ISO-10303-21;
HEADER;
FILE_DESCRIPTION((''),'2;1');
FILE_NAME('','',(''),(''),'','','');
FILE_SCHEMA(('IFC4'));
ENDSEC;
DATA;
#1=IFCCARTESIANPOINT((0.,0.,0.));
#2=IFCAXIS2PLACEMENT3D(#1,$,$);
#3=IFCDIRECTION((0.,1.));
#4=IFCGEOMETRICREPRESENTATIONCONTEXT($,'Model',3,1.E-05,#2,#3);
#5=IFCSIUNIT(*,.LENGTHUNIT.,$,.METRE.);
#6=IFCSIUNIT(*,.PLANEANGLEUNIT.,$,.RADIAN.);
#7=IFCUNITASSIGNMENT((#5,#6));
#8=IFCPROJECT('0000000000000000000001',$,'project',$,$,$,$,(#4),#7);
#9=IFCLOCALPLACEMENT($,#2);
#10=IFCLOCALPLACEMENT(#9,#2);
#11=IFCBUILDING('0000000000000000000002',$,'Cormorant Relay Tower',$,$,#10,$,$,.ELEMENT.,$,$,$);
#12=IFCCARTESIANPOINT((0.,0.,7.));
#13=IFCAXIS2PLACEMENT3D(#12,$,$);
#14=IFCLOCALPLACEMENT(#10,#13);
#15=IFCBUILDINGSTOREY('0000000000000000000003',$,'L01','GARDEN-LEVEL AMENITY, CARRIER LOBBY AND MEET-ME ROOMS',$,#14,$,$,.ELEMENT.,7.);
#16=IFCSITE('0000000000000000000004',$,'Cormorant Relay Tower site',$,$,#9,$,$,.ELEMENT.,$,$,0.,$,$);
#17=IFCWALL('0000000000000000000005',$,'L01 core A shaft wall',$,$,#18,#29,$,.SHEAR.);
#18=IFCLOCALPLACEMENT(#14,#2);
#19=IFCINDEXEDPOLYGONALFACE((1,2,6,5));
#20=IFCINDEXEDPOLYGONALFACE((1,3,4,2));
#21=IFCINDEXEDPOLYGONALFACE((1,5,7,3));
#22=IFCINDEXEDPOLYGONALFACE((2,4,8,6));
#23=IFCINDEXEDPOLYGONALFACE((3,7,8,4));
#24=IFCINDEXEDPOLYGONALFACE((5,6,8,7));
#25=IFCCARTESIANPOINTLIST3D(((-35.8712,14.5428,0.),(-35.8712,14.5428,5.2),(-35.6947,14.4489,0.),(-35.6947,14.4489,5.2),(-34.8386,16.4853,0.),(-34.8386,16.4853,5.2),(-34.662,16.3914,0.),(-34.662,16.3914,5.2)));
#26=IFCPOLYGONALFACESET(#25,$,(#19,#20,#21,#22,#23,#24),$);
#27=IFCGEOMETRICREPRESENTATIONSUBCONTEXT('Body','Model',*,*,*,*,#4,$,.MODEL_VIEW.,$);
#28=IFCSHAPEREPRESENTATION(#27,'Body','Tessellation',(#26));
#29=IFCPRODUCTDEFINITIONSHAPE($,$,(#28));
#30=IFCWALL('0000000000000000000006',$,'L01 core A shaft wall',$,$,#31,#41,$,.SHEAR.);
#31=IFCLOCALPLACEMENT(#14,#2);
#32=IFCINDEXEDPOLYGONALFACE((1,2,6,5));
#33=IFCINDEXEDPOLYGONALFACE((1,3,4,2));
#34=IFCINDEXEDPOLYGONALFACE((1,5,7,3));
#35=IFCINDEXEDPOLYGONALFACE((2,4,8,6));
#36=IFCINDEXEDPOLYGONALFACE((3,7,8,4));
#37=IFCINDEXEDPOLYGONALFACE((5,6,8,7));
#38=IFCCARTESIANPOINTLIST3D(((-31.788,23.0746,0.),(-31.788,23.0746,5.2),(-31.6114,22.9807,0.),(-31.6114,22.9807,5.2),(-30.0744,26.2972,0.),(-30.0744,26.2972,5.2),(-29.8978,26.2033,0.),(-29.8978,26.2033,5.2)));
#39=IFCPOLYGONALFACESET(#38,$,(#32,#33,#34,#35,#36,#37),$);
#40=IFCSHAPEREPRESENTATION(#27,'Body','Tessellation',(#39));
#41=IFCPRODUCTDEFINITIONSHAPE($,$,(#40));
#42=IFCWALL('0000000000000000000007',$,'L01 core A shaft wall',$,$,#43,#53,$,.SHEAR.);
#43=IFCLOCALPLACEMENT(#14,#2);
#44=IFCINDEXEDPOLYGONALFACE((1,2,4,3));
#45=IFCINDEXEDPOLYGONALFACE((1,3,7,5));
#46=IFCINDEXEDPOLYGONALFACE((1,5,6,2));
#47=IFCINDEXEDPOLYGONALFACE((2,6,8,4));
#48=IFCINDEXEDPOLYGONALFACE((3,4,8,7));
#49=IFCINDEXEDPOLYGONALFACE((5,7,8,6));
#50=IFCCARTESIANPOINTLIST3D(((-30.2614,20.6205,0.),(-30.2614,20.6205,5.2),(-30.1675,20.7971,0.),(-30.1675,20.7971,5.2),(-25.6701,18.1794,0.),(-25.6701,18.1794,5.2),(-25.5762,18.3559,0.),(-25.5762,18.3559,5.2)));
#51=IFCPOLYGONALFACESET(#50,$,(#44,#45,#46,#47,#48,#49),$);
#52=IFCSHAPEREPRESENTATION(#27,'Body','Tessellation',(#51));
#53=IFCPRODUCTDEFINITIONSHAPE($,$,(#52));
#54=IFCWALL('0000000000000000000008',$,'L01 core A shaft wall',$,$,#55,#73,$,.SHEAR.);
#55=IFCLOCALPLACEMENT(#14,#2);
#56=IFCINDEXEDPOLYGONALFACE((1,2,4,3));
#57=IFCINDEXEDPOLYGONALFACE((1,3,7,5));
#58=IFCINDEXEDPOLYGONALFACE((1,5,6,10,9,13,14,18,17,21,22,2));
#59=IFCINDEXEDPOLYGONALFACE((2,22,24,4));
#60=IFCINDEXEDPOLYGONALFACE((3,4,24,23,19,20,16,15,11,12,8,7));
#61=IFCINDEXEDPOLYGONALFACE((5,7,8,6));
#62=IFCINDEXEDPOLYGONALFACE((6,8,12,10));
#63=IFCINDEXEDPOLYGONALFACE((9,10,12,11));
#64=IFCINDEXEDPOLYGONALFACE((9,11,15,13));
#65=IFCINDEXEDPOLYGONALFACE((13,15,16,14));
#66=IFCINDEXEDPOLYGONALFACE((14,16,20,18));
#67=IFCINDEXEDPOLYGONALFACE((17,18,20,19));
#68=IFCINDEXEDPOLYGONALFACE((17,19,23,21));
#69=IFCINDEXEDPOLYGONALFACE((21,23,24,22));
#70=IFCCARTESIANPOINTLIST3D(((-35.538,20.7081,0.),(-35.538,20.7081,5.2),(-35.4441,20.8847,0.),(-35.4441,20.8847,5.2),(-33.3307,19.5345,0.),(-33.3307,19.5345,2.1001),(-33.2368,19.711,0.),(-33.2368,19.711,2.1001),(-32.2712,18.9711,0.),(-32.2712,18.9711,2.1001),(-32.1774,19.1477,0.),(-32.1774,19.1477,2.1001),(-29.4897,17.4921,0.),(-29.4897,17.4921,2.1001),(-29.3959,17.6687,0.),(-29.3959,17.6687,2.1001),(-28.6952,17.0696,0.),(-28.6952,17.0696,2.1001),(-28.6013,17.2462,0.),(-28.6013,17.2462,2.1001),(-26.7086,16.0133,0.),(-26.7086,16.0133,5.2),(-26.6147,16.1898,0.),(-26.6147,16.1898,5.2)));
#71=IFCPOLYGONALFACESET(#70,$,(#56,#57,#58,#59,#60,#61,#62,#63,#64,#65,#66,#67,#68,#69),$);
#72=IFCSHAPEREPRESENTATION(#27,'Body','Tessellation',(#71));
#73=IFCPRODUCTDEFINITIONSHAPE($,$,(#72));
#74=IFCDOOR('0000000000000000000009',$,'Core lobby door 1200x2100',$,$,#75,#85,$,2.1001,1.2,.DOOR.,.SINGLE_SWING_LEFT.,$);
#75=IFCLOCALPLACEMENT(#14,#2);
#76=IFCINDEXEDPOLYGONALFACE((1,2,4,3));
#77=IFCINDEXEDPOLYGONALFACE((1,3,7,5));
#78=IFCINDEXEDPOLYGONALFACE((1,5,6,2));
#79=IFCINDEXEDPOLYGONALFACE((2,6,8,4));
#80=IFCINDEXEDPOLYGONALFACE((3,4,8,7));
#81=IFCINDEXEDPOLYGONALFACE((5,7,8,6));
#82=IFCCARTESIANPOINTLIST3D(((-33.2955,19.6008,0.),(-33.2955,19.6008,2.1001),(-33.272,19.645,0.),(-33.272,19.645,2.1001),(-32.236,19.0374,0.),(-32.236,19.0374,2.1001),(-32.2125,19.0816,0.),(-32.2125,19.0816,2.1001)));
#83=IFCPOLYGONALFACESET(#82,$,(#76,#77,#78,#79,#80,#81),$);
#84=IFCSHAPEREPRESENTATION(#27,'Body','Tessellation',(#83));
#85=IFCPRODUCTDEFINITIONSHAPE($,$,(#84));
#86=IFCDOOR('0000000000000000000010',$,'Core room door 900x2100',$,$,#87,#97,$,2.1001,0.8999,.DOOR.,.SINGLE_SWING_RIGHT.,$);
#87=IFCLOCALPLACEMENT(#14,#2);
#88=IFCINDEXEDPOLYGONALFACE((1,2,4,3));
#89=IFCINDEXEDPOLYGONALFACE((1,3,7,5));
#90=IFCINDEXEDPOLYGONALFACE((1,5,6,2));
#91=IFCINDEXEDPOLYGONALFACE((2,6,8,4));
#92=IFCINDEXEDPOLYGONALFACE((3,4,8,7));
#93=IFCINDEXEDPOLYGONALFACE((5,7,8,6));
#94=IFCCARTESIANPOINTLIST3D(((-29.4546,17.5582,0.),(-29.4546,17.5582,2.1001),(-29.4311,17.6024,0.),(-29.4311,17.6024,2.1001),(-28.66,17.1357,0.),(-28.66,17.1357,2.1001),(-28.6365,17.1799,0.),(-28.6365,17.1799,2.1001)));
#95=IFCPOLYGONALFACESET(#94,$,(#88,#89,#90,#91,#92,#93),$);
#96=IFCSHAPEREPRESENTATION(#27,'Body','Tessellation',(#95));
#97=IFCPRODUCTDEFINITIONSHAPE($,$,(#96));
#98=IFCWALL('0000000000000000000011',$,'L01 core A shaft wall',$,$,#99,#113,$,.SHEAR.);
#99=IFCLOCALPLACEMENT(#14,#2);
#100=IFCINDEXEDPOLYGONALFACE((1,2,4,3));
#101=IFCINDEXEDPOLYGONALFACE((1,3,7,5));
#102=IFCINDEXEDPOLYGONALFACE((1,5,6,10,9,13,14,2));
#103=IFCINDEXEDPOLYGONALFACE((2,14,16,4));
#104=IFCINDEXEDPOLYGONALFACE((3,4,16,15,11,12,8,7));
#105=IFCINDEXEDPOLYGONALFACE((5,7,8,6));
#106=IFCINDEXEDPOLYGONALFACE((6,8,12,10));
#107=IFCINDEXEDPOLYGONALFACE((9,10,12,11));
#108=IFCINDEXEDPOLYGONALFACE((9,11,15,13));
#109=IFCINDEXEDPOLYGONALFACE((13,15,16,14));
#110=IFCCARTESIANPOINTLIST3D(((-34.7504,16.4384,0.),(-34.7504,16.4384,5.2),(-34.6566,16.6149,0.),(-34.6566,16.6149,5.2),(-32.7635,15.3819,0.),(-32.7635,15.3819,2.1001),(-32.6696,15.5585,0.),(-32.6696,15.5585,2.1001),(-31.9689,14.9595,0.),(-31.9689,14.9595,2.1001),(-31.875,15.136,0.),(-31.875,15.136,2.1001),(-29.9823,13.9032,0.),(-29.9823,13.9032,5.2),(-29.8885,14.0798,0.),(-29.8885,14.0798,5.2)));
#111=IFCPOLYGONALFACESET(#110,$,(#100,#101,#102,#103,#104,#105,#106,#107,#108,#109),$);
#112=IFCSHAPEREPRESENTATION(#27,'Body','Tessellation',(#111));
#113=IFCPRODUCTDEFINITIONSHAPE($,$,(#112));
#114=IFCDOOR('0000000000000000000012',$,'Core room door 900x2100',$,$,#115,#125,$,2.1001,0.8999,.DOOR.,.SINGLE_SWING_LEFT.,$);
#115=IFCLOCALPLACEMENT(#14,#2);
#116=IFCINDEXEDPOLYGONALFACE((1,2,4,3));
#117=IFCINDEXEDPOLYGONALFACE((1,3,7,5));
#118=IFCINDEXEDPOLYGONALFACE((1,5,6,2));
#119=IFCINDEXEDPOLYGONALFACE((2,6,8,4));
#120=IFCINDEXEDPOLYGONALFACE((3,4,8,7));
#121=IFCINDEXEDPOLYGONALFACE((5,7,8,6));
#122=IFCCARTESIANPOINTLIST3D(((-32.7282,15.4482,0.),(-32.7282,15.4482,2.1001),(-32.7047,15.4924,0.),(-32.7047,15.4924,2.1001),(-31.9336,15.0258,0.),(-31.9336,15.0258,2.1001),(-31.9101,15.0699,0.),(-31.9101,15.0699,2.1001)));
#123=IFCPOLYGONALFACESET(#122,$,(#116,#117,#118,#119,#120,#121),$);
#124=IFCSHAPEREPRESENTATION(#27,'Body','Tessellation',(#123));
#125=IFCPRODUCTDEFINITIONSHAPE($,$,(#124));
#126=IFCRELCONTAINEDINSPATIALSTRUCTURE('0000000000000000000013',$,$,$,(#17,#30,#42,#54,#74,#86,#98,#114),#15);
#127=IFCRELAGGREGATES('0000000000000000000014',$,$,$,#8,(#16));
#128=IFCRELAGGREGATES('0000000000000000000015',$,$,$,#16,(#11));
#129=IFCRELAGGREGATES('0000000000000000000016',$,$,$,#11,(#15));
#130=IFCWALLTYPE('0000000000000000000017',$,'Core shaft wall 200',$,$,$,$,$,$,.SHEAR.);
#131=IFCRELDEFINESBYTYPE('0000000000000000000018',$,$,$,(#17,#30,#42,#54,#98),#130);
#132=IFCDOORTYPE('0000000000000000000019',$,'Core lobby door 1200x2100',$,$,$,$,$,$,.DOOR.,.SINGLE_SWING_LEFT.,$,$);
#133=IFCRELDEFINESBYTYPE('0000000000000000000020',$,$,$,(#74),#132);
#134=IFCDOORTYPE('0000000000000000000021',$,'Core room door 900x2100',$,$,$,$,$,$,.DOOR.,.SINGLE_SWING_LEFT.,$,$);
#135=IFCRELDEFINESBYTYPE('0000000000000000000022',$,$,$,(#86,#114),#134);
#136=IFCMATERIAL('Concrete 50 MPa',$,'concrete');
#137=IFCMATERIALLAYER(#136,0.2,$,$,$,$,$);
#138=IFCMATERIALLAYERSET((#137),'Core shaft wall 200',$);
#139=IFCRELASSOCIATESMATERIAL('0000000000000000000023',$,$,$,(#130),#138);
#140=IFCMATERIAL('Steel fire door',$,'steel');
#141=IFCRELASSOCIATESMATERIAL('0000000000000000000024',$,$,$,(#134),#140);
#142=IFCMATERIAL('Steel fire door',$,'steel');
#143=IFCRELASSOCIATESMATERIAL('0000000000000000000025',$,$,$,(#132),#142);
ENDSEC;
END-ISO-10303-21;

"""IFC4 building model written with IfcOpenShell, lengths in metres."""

from ifc_helpers import new_model, si_unit, direction, frame, frame_2d, origin, place, context, subcontext, project, spatial, rectangle, extrude, material, layer, layer_set, type_object, element, fill, save


model = new_model("IFC4")

# Units and contexts
model_context = context("Model", 3, precision=1e-05, world=origin(), true_north=direction((0.0, 1.0)))
body_context = subcontext(model_context, "Body", "Model", "MODEL_VIEW")
ifc_project = project(units=[si_unit("LENGTHUNIT", "METRE"), si_unit("PLANEANGLEUNIT", "RADIAN")], contexts=[model_context])

# Site, building, storey
site_placement = place(None, origin())
site = spatial("IfcSite", under=ifc_project, at=site_placement, Name="Cormorant Relay Tower site", CompositionType="ELEMENT", RefElevation=0.0)
building_placement = place(site_placement, origin())
building = spatial("IfcBuilding", under=site, at=building_placement, Name="Cormorant Relay Tower", CompositionType="ELEMENT")
storey_placement = place(building_placement, frame((0.0, 0.0, 7.0)))
storey = spatial("IfcBuildingStorey", under=building, at=storey_placement, Name="L01", Description="GARDEN-LEVEL AMENITY, CARRIER LOBBY AND MEET-ME ROOMS", CompositionType="ELEMENT", Elevation=7.0)

# Shared definitions
ifc_material_1 = material(Name="Concrete 50 MPa", Category="concrete")
ifc_layer_1 = layer(ifc_material_1, 0.2)
ifc_layer_set_1 = layer_set([ifc_layer_1], Name="Core shaft wall 200")
wall_type_1 = type_object("IfcWallType", Name="Core shaft wall 200", PredefinedType="SHEAR", material=ifc_layer_set_1)

# Shared definitions
ifc_material_2 = material(Name="Steel fire door", Category="steel")
door_type_1 = type_object("IfcDoorType", Name="Core room door 900x2100", OperationType="SINGLE_SWING_LEFT", PredefinedType="DOOR", material=ifc_material_2)

# Walls
wall_1_placement = place(storey_placement, frame((-34.7502, 16.4385, 0.0), z_axis=(0.0, 0.0, 1.0), x_axis=(-0.469401, -0.882985, 0.0)))
element("IfcWall", 1, at=wall_1_placement, inside=storey, type_object=wall_type_1, Name="L01 core A shaft wall", PredefinedType="SHEAR", context=body_context, shape_type="SweptSolid", body=[
    extrude(rectangle(XDim=2.2, YDim=0.2, at=frame_2d((1.1001, 0.0))), origin(), (0.0, 0.0, 1.0), 5.2),
])
wall_2_placement = place(storey_placement, frame((-29.9861, 26.2502, 0.0), z_axis=(0.0, 0.0, 1.0), x_axis=(-0.469494, -0.882936, 0.0)))
element("IfcWall", 2, at=wall_2_placement, inside=storey, type_object=wall_type_1, Name="L01 core A shaft wall", PredefinedType="SHEAR", context=body_context, shape_type="SweptSolid", body=[
    extrude(rectangle(XDim=3.6499, YDim=0.2, at=frame_2d((1.825, 0.0))), origin(), (0.0, 0.0, 1.0), 5.2),
])

# Wall
wall_3_placement = place(storey_placement, frame((-25.623, 18.2676, 0.0), z_axis=(0.0, 0.0, 1.0), x_axis=(-0.882954, 0.46946, 0.0)))
element("IfcWall", 3, at=wall_3_placement, inside=storey, type_object=wall_type_1, Name="L01 core A shaft wall", PredefinedType="SHEAR", context=body_context, shape_type="SweptSolid", body=[
    extrude(rectangle(XDim=5.2, YDim=0.2, at=frame_2d((2.6001, 0.0))), origin(), (0.0, 0.0, 1.0), 5.2),
])

# Wall, openings, doors
wall_4_placement = place(storey_placement, frame((-26.6616, 16.1016, 0.0), z_axis=(0.0, 0.0, 1.0), x_axis=(-0.88294, 0.469485, 0.0)))
wall_4 = element("IfcWall", 4, at=wall_4_placement, inside=storey, type_object=wall_type_1, Name="L01 core A shaft wall", PredefinedType="SHEAR", context=body_context, shape_type="SweptSolid", body=[
    extrude(rectangle(XDim=10.0, YDim=0.2, at=frame_2d((5.0, 0.0))), origin(), (0.0, 0.0, 1.0), 5.2),
])
opening_1_placement = place(wall_4_placement, frame((6.3, 0.0, 0.0)))
opening_1 = element("IfcOpeningElement", 5, at=opening_1_placement, cuts=wall_4, PredefinedType="OPENING", context=body_context, shape_type="SweptSolid", body=[
    extrude(rectangle(XDim=1.2, YDim=2.1001, at=frame_2d((0.6001, 1.05))), frame((0.0, 0.1099, 0.0), z_axis=(0.0, -1.0, 0.0), x_axis=(1.0, 0.0, 0.0)), (0.0, 0.0, 1.0), 0.22),
])
opening_2_placement = place(wall_4_placement, frame((2.25, 0.0, 0.0)))
opening_2 = element("IfcOpeningElement", 6, at=opening_2_placement, cuts=wall_4, PredefinedType="OPENING", context=body_context, shape_type="SweptSolid", body=[
    extrude(rectangle(XDim=0.8999, YDim=2.1001, at=frame_2d((0.45, 1.05))), frame((0.0, 0.1099, 0.0), z_axis=(0.0, -1.0, 0.0), x_axis=(1.0, 0.0, 0.0)), (0.0, 0.0, 1.0), 0.22),
])
ifc_material_3 = material(Name="Steel fire door", Category="steel")
door_type_2 = type_object("IfcDoorType", Name="Core lobby door 1200x2100", OperationType="SINGLE_SWING_LEFT", PredefinedType="DOOR", material=ifc_material_3)
door_1_placement = place(opening_1_placement, origin())
door_1 = element("IfcDoor", 7, at=door_1_placement, inside=storey, type_object=door_type_2, Name="Core lobby door 1200x2100", OperationType="SINGLE_SWING_LEFT", OverallHeight=2.1001, OverallWidth=1.2, PredefinedType="DOOR", context=body_context, shape_type="SweptSolid", body=[
    extrude(rectangle(XDim=1.2, YDim=2.1001, at=frame_2d((0.6001, 1.05))), frame((0.0, 0.0249, 0.0), z_axis=(0.0, -1.0, 0.0), x_axis=(1.0, 0.0, 0.0)), (0.0, 0.0, 1.0), 0.05),
])
fill(opening_1, door_1)
door_2_placement = place(opening_2_placement, frame((0.8999, 0.0, 0.0), z_axis=(0.0, 0.0, 1.0), x_axis=(-1.0, 0.0, 0.0)))
door_2 = element("IfcDoor", 8, at=door_2_placement, inside=storey, type_object=door_type_1, Name="Core room door 900x2100", OperationType="SINGLE_SWING_RIGHT", OverallHeight=2.1001, OverallWidth=0.8999, PredefinedType="DOOR", context=body_context, shape_type="SweptSolid", body=[
    extrude(rectangle(XDim=0.8999, YDim=2.1001, at=frame_2d((0.45, 1.05))), frame((0.0, 0.0249, 0.0), z_axis=(0.0, -1.0, 0.0), x_axis=(1.0, 0.0, 0.0)), (0.0, 0.0, 1.0), 0.05),
])
fill(opening_2, door_2)

# Wall, opening, door
wall_5_placement = place(storey_placement, frame((-29.9353, 13.9915, 0.0), z_axis=(0.0, 0.0, 1.0), x_axis=(-0.882953, 0.469462, 0.0)))
wall_5 = element("IfcWall", 9, at=wall_5_placement, inside=storey, type_object=wall_type_1, Name="L01 core A shaft wall", PredefinedType="SHEAR", context=body_context, shape_type="SweptSolid", body=[
    extrude(rectangle(XDim=5.4001, YDim=0.2, at=frame_2d((2.7002, 0.0))), origin(), (0.0, 0.0, 1.0), 5.2),
])
opening_3_placement = place(wall_5_placement, frame((2.25, 0.0, 0.0)))
opening_3 = element("IfcOpeningElement", 10, at=opening_3_placement, cuts=wall_5, PredefinedType="OPENING", context=body_context, shape_type="SweptSolid", body=[
    extrude(rectangle(XDim=0.8999, YDim=2.1001, at=frame_2d((0.45, 1.05))), frame((0.0, 0.1099, 0.0), z_axis=(0.0, -1.0, 0.0), x_axis=(1.0, 0.0, 0.0)), (0.0, 0.0, 1.0), 0.22),
])
door_3_placement = place(opening_3_placement, origin())
door_3 = element("IfcDoor", 11, at=door_3_placement, inside=storey, type_object=door_type_1, Name="Core room door 900x2100", OperationType="SINGLE_SWING_LEFT", OverallHeight=2.1001, OverallWidth=0.8999, PredefinedType="DOOR", context=body_context, shape_type="SweptSolid", body=[
    extrude(rectangle(XDim=0.8999, YDim=2.1001, at=frame_2d((0.45, 1.05))), frame((0.0, 0.0249, 0.0), z_axis=(0.0, -1.0, 0.0), x_axis=(1.0, 0.0, 0.0)), (0.0, 0.0, 1.0), 0.05),
])
fill(opening_3, door_3)

save(model, "model.ifc")
